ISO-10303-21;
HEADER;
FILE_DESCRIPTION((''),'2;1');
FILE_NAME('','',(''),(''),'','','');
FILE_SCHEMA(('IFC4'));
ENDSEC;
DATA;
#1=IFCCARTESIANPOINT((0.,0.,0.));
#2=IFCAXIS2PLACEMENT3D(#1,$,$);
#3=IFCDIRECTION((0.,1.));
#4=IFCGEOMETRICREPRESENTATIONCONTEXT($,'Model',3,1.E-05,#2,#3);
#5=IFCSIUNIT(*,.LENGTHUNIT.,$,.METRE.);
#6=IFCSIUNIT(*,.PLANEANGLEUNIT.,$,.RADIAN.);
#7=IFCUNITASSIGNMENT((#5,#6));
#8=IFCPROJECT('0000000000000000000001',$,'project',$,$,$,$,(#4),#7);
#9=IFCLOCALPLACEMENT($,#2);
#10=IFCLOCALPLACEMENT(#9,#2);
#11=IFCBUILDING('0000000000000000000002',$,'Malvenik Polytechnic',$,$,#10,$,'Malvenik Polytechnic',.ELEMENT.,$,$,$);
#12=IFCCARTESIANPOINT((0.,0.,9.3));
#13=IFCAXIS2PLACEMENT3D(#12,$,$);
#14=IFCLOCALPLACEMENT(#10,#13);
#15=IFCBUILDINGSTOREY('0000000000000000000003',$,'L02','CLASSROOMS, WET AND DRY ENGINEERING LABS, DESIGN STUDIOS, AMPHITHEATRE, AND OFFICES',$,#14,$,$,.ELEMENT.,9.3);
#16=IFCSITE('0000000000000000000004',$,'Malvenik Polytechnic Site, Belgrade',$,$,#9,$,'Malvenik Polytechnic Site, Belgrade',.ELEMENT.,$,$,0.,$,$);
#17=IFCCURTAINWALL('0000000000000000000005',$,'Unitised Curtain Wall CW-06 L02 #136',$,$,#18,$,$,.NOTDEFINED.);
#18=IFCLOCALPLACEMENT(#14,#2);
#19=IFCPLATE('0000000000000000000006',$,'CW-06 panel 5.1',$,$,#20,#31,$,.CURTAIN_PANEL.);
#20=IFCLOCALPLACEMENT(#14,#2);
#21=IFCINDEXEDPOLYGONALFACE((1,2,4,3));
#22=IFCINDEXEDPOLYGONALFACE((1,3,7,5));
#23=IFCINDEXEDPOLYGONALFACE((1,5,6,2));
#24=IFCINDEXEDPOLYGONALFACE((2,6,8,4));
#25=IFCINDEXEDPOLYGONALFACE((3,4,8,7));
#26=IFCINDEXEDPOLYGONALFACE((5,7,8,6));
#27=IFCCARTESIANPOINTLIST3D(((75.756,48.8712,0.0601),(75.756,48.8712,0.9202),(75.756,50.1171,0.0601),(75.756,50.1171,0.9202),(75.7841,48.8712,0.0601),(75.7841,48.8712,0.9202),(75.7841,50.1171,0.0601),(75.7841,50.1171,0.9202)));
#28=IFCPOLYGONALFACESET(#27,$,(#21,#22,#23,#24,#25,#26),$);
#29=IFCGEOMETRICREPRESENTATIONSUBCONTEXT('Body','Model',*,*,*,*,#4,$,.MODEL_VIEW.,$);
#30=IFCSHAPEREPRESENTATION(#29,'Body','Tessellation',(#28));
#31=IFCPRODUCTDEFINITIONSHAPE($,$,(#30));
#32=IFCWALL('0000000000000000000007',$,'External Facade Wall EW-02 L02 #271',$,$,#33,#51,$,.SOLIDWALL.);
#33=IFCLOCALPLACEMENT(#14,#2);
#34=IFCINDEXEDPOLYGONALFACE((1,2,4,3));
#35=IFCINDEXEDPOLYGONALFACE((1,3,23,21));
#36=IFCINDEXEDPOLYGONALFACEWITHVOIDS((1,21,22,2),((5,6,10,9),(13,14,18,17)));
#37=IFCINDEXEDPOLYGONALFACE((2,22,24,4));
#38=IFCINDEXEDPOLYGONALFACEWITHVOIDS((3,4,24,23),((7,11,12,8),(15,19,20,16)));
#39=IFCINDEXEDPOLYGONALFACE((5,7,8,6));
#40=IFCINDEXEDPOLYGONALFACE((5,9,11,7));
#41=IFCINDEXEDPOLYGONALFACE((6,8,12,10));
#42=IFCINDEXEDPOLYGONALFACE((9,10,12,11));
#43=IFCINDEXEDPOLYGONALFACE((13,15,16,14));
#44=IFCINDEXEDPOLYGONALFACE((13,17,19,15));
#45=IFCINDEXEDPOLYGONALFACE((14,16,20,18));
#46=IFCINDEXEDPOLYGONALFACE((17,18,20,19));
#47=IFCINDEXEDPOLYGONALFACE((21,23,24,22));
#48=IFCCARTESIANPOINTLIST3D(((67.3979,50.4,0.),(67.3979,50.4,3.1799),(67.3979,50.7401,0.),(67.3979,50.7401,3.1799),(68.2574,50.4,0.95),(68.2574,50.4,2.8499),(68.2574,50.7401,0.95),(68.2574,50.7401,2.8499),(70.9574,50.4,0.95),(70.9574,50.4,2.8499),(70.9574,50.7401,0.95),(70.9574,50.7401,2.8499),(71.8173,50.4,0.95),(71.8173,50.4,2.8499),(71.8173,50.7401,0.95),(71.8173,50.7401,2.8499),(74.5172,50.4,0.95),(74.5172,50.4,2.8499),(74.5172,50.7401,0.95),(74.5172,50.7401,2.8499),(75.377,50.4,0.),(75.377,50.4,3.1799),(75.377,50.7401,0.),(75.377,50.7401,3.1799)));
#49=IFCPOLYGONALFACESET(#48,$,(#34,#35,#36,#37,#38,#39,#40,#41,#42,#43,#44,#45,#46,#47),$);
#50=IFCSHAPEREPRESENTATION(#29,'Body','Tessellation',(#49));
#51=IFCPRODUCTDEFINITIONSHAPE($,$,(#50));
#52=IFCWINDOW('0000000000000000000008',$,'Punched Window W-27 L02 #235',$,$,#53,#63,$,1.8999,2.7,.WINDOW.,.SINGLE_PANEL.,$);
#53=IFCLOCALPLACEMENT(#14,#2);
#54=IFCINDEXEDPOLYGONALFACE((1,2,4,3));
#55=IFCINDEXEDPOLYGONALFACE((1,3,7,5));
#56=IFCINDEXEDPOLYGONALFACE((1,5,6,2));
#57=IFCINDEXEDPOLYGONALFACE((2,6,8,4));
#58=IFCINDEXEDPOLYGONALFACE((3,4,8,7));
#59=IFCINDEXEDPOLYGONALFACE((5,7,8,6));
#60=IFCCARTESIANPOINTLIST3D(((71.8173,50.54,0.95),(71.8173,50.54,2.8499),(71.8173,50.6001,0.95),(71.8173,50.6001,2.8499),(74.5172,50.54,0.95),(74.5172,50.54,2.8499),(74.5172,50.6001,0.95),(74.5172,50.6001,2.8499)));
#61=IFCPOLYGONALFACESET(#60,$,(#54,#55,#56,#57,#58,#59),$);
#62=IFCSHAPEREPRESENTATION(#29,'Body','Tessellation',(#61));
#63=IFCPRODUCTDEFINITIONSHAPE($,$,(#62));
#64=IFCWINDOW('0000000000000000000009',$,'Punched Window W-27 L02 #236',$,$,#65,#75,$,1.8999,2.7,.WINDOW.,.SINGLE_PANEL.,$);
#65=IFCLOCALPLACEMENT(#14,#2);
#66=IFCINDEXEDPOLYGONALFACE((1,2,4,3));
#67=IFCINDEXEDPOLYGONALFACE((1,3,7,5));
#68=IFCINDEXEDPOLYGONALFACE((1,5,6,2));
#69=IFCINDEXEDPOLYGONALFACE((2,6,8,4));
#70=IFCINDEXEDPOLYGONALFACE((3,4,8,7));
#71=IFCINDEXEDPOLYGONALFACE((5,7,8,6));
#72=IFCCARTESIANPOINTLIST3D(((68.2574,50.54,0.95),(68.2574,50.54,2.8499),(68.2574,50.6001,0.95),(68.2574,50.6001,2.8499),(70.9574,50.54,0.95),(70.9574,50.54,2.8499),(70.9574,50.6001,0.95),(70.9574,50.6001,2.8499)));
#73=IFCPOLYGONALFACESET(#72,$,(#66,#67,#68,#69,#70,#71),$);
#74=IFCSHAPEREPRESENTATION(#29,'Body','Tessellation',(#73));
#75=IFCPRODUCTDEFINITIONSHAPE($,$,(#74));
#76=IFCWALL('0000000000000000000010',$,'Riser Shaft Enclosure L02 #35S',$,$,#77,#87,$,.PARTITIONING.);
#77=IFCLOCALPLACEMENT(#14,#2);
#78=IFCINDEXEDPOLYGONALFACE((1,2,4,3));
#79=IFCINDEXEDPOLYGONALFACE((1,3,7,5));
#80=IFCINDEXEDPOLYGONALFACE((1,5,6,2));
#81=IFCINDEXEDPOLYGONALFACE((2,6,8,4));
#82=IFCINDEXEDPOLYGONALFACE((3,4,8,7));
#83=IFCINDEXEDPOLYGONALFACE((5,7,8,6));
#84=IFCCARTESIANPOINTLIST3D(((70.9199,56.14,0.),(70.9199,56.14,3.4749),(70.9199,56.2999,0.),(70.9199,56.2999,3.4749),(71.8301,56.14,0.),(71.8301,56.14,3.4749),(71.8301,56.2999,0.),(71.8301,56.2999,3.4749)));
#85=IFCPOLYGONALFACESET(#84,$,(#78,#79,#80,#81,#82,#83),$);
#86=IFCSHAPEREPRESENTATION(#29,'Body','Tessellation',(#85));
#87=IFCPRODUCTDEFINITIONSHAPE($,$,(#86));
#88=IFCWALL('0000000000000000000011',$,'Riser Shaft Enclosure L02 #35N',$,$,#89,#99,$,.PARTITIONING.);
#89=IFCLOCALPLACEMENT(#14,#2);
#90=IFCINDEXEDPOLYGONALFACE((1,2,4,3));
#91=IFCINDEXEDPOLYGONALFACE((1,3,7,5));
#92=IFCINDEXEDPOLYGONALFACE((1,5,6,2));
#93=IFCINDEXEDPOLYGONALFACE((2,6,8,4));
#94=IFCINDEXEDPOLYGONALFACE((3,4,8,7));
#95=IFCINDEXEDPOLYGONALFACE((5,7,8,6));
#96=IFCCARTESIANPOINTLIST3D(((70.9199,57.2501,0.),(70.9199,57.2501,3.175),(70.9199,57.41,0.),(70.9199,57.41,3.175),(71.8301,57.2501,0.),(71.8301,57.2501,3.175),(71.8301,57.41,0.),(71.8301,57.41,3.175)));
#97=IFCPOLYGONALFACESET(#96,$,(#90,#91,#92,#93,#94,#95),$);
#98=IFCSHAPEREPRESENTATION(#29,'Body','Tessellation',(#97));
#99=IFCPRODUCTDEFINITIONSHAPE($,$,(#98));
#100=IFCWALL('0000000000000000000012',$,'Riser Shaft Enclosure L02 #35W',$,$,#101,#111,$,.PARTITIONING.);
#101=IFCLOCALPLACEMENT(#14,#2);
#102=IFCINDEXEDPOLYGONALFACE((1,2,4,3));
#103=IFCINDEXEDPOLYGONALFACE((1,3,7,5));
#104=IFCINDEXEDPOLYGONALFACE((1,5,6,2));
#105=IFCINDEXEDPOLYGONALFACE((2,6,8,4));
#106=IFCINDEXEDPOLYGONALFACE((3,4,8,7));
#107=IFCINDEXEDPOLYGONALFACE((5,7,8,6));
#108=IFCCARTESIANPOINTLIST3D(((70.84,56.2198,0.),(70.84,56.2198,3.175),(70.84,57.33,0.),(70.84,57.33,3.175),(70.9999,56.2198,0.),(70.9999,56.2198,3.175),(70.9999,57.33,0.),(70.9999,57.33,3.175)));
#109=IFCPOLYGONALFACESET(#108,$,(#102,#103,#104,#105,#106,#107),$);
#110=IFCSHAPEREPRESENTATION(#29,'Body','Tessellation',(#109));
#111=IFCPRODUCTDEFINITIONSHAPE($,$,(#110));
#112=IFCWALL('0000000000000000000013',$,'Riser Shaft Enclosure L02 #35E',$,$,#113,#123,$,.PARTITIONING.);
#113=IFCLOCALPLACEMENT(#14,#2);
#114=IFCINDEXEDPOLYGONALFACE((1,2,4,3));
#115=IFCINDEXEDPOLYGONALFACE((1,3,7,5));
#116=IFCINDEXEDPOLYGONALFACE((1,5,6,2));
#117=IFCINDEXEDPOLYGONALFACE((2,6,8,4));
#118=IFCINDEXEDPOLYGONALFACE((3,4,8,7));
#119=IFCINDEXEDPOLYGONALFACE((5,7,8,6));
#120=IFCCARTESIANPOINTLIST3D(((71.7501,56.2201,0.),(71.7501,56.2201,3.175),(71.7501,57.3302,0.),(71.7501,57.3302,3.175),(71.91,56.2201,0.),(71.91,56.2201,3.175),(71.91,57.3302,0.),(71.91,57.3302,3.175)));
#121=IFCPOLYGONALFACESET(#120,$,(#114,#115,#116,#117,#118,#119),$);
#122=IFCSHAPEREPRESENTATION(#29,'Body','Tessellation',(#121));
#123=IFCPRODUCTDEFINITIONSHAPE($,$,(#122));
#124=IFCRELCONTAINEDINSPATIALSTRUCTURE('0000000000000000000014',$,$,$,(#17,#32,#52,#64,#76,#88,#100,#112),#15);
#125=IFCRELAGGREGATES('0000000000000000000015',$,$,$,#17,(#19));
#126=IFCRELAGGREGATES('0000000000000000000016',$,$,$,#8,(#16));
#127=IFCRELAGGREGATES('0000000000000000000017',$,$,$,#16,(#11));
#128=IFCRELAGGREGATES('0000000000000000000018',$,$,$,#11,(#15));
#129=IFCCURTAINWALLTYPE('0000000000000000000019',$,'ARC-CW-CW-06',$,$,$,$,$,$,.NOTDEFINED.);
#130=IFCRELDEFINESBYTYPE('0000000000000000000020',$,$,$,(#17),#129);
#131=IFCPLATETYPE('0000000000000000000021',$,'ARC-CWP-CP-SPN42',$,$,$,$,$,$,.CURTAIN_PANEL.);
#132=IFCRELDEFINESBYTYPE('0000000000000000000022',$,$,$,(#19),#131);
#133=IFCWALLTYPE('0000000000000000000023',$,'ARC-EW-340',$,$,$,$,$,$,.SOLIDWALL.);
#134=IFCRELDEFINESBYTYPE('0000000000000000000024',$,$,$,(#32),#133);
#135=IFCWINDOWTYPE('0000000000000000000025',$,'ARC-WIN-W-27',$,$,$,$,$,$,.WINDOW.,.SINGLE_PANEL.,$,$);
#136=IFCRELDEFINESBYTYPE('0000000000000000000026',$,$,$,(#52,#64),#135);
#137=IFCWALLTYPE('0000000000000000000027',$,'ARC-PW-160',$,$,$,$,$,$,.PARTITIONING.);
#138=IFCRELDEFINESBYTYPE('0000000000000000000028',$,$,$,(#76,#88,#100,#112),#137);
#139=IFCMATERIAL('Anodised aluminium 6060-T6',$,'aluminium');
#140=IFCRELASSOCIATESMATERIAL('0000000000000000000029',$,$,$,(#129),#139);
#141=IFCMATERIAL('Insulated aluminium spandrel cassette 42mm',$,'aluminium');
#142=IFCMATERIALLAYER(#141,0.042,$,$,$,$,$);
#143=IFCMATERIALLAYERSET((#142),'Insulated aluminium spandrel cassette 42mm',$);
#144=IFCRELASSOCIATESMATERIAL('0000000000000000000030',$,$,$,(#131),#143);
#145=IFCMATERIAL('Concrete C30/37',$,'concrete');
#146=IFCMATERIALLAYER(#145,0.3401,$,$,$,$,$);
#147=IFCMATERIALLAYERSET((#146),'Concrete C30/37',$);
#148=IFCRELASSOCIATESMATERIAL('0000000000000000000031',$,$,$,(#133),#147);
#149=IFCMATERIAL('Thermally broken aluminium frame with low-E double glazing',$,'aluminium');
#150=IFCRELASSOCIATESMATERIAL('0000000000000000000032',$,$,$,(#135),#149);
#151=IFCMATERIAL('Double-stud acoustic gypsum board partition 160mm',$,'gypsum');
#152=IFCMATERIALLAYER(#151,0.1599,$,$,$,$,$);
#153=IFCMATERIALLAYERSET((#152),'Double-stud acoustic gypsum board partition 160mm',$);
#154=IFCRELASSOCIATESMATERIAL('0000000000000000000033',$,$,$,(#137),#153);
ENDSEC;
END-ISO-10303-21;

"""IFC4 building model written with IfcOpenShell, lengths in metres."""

from ifc_helpers import new_model, si_unit, direction, frame, frame_2d, origin, origin_2d, place, context, subcontext, project, spatial, rectangle, extrude, material, layer, layer_set, type_object, element, fill, aggregate, save


model = new_model("IFC4")

# Units and contexts
model_context = context("Model", 3, precision=1e-05, world=origin(), true_north=direction((0.0, 1.0)))
body_context = subcontext(model_context, "Body", "Model", "MODEL_VIEW")
ifc_project = project(units=[si_unit("LENGTHUNIT", "METRE"), si_unit("PLANEANGLEUNIT", "RADIAN")], contexts=[model_context])

# Site, building, storey
site_placement = place(None, origin())
site = spatial("IfcSite", under=ifc_project, at=site_placement, Name="Malvenik Polytechnic Site, Belgrade", LongName="Malvenik Polytechnic Site, Belgrade", CompositionType="ELEMENT", RefElevation=0.0)
building_placement = place(site_placement, origin())
building = spatial("IfcBuilding", under=site, at=building_placement, Name="Malvenik Polytechnic", LongName="Malvenik Polytechnic", CompositionType="ELEMENT")
storey_placement = place(building_placement, frame((0.0, 0.0, 9.3)))
storey = spatial("IfcBuildingStorey", under=building, at=storey_placement, Name="L02", Description="CLASSROOMS, WET AND DRY ENGINEERING LABS, DESIGN STUDIOS, AMPHITHEATRE, AND OFFICES", CompositionType="ELEMENT", Elevation=9.3)

# Shared definitions
ifc_material_1 = material(Name="Concrete C30/37", Category="concrete")

# Curtain wall
ifc_material_2 = material(Name="Anodised aluminium 6060-T6", Category="aluminium")
curtain_wall_type = type_object("IfcCurtainWallType", Name="ARC-CW-CW-06", PredefinedType="NOTDEFINED", material=ifc_material_2)
curtain_wall_placement = place(storey_placement, origin())
curtain_wall = element("IfcCurtainWall", 1, at=curtain_wall_placement, inside=storey, type_object=curtain_wall_type, Name="Unitised Curtain Wall CW-06 L02 #136", PredefinedType="NOTDEFINED")

# Plate
ifc_material_3 = material(Name="Insulated aluminium spandrel cassette 42mm", Category="aluminium")
ifc_layer_1 = layer(ifc_material_3, 0.042)
ifc_layer_set_1 = layer_set([ifc_layer_1], Name="Insulated aluminium spandrel cassette 42mm")
plate_type_1 = type_object("IfcPlateType", Name="ARC-CWP-CP-SPN42", PredefinedType="CURTAIN_PANEL", material=ifc_layer_set_1)
plate_1_placement = place(storey_placement, frame((75.77, 49.4941, 0.0601), z_axis=(0.0, 0.0, 1.0), x_axis=(0.0, 1.0, 0.0)))
plate_1 = element("IfcPlate", 2, at=plate_1_placement, type_object=plate_type_1, Name="CW-06 panel 5.1", PredefinedType="CURTAIN_PANEL", context=body_context, shape_type="SweptSolid", body=[
    extrude(rectangle(XDim=1.2458, YDim=0.0281, at=origin_2d()), origin(), (0.0, 0.0, 1.0), 0.8601),
])
aggregate(curtain_wall, [plate_1])

# Wall, openings, windows
ifc_layer_2 = layer(ifc_material_1, 0.3401)
ifc_layer_set_2 = layer_set([ifc_layer_2], Name="Concrete C30/37")
wall_type_1 = type_object("IfcWallType", Name="ARC-EW-340", PredefinedType="SOLIDWALL", material=ifc_layer_set_2)
wall_1_placement = place(storey_placement, frame((75.377, 50.5701, 0.0), z_axis=(0.0, 0.0, 1.0), x_axis=(-1.0, 0.0, 0.0)))
wall_1 = element("IfcWall", 3, at=wall_1_placement, inside=storey, type_object=wall_type_1, Name="External Facade Wall EW-02 L02 #271", PredefinedType="SOLIDWALL", context=body_context, shape_type="SweptSolid", body=[
    extrude(rectangle(XDim=7.979, YDim=0.3401, at=frame_2d((3.9895, 0.0))), origin(), (0.0, 0.0, 1.0), 3.1799),
])
opening_1_placement = place(wall_1_placement, frame((0.8596, 0.0, 0.95)))
opening_1 = element("IfcOpeningElement", 4, at=opening_1_placement, cuts=wall_1, PredefinedType="OPENING", context=body_context, shape_type="SweptSolid", body=[
    extrude(rectangle(XDim=2.7, YDim=1.8999, at=frame_2d((1.3501, 0.95))), frame((0.0, 0.1802, 0.0), z_axis=(0.0, -1.0, 0.0), x_axis=(1.0, 0.0, 0.0)), (0.0, 0.0, 1.0), 0.3601),
])
opening_2_placement = place(wall_1_placement, frame((4.4194, 0.0, 0.95)))
opening_2 = element("IfcOpeningElement", 5, at=opening_2_placement, cuts=wall_1, PredefinedType="OPENING", context=body_context, shape_type="SweptSolid", body=[
    extrude(rectangle(XDim=2.7, YDim=1.8999, at=frame_2d((1.3501, 0.95))), frame((0.0, 0.1802, 0.0), z_axis=(0.0, -1.0, 0.0), x_axis=(1.0, 0.0, 0.0)), (0.0, 0.0, 1.0), 0.3601),
])
ifc_material_4 = material(Name="Thermally broken aluminium frame with low-E double glazing", Category="aluminium")
window_type = type_object("IfcWindowType", Name="ARC-WIN-W-27", PartitioningType="SINGLE_PANEL", PredefinedType="WINDOW", material=ifc_material_4)
window_1_placement = place(opening_1_placement, origin())
window_1 = element("IfcWindow", 6, at=window_1_placement, inside=storey, type_object=window_type, Name="Punched Window W-27 L02 #235", OverallHeight=1.8999, OverallWidth=2.7, PartitioningType="SINGLE_PANEL", PredefinedType="WINDOW", context=body_context, shape_type="SweptSolid", body=[
    extrude(rectangle(XDim=2.7, YDim=1.8999, at=frame_2d((1.3501, 0.95))), frame((0.0, 0.03, 0.0), z_axis=(0.0, -1.0, 0.0), x_axis=(1.0, 0.0, 0.0)), (0.0, 0.0, 1.0), 0.0601),
])
fill(opening_1, window_1)
window_2_placement = place(opening_2_placement, origin())
window_2 = element("IfcWindow", 7, at=window_2_placement, inside=storey, type_object=window_type, Name="Punched Window W-27 L02 #236", OverallHeight=1.8999, OverallWidth=2.7, PartitioningType="SINGLE_PANEL", PredefinedType="WINDOW", context=body_context, shape_type="SweptSolid", body=[
    extrude(rectangle(XDim=2.7, YDim=1.8999, at=frame_2d((1.3501, 0.95))), frame((0.0, 0.03, 0.0), z_axis=(0.0, -1.0, 0.0), x_axis=(1.0, 0.0, 0.0)), (0.0, 0.0, 1.0), 0.0601),
])
fill(opening_2, window_2)

# Walls
ifc_material_5 = material(Name="Double-stud acoustic gypsum board partition 160mm", Category="gypsum")
ifc_layer_3 = layer(ifc_material_5, 0.1599)
ifc_layer_set_3 = layer_set([ifc_layer_3], Name="Double-stud acoustic gypsum board partition 160mm")
wall_type_2 = type_object("IfcWallType", Name="ARC-PW-160", PredefinedType="PARTITIONING", material=ifc_layer_set_3)
wall_2_placement = place(storey_placement, frame((70.9199, 56.22, 0.0), z_axis=(0.0, 0.0, 1.0), x_axis=(1.0, 0.0, 0.0)))
element("IfcWall", 8, at=wall_2_placement, inside=storey, type_object=wall_type_2, Name="Riser Shaft Enclosure L02 #35S", PredefinedType="PARTITIONING", context=body_context, shape_type="SweptSolid", body=[
    extrude(rectangle(XDim=0.9102, YDim=0.1599, at=frame_2d((0.4551, 0.0))), origin(), (0.0, 0.0, 1.0), 3.4749),
])
wall_3_placement = place(storey_placement, frame((71.8301, 57.3301, 0.0), z_axis=(0.0, 0.0, 1.0), x_axis=(-1.0, 0.0, 0.0)))
element("IfcWall", 9, at=wall_3_placement, inside=storey, type_object=wall_type_2, Name="Riser Shaft Enclosure L02 #35N", PredefinedType="PARTITIONING", context=body_context, shape_type="SweptSolid", body=[
    extrude(rectangle(XDim=0.9102, YDim=0.1599, at=frame_2d((0.4551, 0.0))), origin(), (0.0, 0.0, 1.0), 3.175),
])
for number, where, z_axis, x_axis, name in (
    (10, (70.9199, 57.3301, 0.0), (0.0, 0.0, 1.0), (0.0, -1.0, 0.0), "Riser Shaft Enclosure L02 #35W"),
    (11, (71.8301, 56.22, 0.0), (0.0, 0.0, 1.0), (0.0, 1.0, 0.0), "Riser Shaft Enclosure L02 #35E"),
):
    element("IfcWall", number, at=place(storey_placement, frame(where, z_axis=z_axis, x_axis=x_axis)), inside=storey, type_object=wall_type_2, Name=name, PredefinedType="PARTITIONING", context=body_context, shape_type="SweptSolid", body=[
        extrude(rectangle(XDim=1.1101, YDim=0.1599, at=frame_2d((0.5552, 0.0))), origin(), (0.0, 0.0, 1.0), 3.175),
    ])

save(model, "model.ifc")
